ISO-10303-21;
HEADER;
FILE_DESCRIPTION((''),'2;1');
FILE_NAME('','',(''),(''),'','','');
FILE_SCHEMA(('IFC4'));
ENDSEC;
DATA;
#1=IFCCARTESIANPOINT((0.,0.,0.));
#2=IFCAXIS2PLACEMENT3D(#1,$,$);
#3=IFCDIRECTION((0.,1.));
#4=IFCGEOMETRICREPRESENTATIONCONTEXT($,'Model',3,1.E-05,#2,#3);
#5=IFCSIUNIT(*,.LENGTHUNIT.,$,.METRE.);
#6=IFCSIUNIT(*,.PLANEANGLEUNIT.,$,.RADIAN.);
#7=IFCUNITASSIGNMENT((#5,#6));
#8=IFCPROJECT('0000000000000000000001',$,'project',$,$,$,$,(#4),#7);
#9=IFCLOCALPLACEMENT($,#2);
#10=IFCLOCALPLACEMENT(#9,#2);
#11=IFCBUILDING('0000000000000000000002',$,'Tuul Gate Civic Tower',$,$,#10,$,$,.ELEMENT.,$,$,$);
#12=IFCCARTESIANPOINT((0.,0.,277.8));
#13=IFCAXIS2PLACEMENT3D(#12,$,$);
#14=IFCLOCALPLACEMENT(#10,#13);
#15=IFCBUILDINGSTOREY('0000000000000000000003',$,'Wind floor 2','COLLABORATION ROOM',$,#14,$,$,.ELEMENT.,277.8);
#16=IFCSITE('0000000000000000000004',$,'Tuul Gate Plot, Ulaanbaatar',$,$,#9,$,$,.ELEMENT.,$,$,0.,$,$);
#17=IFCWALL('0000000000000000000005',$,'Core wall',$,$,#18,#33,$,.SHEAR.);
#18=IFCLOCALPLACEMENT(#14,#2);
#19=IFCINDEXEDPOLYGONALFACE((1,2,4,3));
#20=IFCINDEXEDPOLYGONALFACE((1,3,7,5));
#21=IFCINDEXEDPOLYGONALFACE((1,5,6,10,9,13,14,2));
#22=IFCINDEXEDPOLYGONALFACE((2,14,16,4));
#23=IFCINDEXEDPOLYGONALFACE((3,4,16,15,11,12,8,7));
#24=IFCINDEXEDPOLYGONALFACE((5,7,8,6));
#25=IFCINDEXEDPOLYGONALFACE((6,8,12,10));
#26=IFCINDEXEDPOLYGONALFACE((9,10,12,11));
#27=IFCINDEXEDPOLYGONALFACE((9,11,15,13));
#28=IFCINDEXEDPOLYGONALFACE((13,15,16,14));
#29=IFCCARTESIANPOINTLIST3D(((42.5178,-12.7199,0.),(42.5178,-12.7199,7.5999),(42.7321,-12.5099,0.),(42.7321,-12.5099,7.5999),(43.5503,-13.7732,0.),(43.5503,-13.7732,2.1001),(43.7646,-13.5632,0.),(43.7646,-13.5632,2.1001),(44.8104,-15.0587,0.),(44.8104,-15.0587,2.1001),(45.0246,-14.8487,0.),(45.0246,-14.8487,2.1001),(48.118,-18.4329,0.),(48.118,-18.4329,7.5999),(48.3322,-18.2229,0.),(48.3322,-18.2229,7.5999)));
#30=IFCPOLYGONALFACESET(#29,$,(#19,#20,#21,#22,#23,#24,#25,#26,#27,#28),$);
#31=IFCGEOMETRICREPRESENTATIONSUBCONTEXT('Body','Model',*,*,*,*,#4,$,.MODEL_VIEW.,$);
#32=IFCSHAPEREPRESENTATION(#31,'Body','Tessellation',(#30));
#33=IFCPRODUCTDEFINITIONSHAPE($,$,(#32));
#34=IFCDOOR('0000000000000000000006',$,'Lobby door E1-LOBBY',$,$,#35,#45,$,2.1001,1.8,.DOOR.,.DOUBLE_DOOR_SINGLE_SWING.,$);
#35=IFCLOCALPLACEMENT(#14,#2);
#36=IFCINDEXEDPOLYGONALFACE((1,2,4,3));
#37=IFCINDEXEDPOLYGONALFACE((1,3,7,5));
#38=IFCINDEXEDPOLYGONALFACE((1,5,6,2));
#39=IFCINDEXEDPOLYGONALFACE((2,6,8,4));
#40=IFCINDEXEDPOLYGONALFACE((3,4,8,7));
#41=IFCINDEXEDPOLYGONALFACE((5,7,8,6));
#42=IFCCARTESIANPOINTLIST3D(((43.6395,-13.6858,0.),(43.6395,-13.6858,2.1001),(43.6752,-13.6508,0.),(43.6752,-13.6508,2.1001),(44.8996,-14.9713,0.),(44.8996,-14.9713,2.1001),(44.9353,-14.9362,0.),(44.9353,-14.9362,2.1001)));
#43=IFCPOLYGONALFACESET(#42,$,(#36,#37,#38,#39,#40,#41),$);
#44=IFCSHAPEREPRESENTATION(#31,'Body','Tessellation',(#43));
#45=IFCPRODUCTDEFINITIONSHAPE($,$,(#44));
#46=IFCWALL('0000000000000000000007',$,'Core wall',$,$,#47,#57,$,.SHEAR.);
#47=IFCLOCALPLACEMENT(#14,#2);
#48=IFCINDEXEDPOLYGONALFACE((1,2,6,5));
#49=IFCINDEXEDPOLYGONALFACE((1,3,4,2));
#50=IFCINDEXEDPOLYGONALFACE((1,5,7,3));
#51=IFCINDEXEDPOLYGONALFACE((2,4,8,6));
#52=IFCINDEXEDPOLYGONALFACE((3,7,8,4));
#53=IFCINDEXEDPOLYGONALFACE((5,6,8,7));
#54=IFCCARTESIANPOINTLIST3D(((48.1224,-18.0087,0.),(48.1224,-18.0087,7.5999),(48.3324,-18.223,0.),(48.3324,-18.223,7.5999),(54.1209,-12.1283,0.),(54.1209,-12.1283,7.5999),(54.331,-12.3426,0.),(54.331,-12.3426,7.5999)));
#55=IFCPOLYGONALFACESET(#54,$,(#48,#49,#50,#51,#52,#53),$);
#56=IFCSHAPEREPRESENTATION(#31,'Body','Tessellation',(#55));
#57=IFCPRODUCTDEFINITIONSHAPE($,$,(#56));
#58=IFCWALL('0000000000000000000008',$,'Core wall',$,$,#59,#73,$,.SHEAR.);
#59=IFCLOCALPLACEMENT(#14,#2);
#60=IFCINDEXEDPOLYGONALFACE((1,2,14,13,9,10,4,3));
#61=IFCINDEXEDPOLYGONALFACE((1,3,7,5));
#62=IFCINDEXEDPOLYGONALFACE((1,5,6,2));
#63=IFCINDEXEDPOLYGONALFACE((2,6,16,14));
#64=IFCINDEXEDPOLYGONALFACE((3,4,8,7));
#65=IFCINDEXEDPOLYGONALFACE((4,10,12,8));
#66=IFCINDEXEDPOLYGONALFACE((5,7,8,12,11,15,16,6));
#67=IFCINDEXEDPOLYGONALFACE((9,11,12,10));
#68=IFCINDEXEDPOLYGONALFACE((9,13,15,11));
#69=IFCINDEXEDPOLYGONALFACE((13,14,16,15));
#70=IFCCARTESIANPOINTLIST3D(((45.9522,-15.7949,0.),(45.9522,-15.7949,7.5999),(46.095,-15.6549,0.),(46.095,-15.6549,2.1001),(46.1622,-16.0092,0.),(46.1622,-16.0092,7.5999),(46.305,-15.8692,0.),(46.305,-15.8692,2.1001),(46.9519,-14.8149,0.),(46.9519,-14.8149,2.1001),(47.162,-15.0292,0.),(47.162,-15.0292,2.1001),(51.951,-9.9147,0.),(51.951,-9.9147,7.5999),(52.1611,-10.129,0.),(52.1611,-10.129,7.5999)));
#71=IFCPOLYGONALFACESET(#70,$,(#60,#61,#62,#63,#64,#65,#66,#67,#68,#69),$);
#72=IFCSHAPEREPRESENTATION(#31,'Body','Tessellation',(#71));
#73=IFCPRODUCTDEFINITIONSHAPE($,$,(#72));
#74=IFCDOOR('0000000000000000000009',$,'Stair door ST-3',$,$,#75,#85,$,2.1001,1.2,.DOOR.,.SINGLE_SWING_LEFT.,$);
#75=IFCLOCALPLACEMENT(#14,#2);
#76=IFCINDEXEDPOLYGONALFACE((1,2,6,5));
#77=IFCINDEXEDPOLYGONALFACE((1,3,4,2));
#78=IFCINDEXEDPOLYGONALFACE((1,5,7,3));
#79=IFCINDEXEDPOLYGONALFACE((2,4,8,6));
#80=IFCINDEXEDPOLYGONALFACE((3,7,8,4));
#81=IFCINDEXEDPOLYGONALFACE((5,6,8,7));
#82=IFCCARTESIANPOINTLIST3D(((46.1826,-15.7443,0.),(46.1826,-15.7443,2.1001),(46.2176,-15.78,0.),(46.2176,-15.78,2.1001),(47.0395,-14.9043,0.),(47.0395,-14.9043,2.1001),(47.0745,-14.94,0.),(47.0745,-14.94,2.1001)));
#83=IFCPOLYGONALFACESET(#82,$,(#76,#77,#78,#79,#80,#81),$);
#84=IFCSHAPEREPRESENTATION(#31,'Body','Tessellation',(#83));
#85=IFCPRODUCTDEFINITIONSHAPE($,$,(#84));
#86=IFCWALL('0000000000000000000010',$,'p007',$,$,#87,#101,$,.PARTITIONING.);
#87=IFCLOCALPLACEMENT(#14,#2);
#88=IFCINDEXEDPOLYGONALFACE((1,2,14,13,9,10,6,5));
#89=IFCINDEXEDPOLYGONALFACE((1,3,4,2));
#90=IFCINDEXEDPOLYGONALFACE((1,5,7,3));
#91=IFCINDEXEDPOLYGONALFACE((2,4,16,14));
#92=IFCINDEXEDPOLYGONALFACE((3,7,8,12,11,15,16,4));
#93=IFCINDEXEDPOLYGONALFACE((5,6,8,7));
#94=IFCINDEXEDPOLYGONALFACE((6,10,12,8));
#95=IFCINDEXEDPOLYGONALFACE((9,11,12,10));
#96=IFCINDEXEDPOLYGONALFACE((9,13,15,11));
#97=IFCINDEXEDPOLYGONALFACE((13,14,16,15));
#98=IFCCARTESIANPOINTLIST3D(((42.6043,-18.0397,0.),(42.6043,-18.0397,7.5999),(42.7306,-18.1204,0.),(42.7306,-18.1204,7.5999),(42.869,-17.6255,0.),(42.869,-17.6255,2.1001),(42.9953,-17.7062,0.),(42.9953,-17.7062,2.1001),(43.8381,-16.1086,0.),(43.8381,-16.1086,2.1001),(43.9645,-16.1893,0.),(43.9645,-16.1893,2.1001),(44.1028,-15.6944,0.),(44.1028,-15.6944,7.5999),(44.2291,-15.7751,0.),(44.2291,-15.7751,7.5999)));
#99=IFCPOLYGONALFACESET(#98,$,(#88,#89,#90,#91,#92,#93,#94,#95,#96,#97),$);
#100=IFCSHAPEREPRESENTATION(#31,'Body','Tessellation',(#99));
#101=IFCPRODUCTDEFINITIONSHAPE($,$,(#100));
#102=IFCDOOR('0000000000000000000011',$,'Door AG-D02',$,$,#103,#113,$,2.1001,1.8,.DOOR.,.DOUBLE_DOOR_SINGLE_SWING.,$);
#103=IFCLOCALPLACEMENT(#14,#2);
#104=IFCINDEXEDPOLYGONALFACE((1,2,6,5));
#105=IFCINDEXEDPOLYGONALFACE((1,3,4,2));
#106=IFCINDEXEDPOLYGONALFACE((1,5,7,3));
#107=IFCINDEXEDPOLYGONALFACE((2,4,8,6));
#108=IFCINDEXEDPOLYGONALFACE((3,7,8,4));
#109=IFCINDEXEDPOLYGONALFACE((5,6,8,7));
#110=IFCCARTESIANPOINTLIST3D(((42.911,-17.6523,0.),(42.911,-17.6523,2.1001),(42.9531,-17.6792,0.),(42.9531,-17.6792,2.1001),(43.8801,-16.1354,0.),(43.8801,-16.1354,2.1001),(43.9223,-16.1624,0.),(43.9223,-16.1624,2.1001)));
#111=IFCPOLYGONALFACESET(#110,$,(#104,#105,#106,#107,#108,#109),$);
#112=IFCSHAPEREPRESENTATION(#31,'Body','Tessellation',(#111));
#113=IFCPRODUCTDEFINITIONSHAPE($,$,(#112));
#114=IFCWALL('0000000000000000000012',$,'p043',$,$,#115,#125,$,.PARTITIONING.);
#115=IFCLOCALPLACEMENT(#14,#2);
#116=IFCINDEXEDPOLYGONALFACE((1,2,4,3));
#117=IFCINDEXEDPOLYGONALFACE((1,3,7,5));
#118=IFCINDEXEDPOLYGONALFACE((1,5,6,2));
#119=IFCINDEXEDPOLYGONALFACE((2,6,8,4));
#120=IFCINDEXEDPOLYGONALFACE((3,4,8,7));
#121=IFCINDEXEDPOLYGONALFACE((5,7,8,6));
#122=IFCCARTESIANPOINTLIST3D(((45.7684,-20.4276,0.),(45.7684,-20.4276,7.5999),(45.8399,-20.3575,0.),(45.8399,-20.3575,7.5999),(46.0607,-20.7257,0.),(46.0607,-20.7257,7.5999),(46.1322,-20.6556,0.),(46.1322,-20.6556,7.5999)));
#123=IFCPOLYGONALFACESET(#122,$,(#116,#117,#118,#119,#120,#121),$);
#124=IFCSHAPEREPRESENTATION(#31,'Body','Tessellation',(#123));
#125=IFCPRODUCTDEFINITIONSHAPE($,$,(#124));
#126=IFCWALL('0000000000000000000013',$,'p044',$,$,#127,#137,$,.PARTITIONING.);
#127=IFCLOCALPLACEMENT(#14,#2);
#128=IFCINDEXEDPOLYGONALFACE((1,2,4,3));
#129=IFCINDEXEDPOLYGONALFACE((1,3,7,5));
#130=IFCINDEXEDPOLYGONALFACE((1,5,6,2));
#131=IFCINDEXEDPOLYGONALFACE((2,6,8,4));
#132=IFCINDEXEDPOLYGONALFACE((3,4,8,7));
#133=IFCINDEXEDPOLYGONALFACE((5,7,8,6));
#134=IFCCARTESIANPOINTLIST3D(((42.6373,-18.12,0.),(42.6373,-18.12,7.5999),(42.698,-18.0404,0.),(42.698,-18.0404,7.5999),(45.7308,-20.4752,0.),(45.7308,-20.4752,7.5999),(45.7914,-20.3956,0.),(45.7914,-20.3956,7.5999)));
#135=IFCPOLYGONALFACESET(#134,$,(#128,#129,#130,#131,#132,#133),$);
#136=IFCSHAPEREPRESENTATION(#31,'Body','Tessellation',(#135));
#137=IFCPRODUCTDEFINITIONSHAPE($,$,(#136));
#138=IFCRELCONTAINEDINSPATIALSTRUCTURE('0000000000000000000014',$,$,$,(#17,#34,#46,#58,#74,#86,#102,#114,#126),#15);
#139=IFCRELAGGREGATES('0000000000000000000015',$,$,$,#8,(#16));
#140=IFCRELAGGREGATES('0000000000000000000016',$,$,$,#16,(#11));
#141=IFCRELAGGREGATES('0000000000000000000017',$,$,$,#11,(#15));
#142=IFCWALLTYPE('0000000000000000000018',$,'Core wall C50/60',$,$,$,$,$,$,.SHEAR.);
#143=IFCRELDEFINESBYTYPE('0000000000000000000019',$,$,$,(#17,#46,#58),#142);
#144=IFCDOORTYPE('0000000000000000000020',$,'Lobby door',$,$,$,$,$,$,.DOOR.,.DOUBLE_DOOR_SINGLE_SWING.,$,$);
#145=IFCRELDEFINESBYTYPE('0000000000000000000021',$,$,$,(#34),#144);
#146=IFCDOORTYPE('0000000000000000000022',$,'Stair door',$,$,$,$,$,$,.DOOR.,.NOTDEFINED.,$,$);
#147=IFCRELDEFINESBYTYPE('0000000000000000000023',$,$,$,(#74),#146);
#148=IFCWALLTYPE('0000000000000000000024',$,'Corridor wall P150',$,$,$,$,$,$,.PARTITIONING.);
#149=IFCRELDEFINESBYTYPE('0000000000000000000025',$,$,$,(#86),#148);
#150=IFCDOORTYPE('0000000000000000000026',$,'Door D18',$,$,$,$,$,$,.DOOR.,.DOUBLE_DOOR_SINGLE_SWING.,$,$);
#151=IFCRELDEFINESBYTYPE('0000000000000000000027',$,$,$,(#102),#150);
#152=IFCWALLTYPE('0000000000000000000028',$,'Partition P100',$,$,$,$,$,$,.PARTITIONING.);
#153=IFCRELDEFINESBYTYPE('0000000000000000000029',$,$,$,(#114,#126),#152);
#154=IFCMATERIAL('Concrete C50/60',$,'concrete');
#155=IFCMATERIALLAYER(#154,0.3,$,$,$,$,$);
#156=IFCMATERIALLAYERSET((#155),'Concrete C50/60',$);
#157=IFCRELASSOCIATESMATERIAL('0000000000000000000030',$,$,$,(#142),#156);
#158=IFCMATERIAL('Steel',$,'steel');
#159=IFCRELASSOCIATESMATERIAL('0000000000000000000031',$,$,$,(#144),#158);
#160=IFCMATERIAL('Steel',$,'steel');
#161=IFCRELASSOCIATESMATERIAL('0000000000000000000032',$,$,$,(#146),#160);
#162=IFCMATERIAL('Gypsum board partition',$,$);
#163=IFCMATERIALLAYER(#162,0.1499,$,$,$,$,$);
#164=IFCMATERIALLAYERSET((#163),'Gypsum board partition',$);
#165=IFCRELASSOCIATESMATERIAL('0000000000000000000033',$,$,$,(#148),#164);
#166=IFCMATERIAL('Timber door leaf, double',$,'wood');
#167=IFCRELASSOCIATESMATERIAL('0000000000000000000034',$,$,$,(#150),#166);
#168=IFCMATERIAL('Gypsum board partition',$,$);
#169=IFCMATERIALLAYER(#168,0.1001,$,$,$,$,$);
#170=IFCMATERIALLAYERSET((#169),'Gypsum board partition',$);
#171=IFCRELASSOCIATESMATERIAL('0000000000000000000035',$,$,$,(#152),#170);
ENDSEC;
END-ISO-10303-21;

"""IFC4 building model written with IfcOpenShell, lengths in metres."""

from ifc_helpers import new_model, si_unit, direction, frame, frame_2d, origin, place, context, subcontext, project, spatial, rectangle, extrude, material, layer, layer_set, type_object, element, fill, save


model = new_model("IFC4")

# Units and contexts
model_context = context("Model", 3, precision=1e-05, world=origin(), true_north=direction((0.0, 1.0)))
body_context = subcontext(model_context, "Body", "Model", "MODEL_VIEW")
ifc_project = project(units=[si_unit("LENGTHUNIT", "METRE"), si_unit("PLANEANGLEUNIT", "RADIAN")], contexts=[model_context])

# Site, building, storey
site_placement = place(None, origin())
site = spatial("IfcSite", under=ifc_project, at=site_placement, Name="Tuul Gate Plot, Ulaanbaatar", CompositionType="ELEMENT", RefElevation=0.0)
building_placement = place(site_placement, origin())
building = spatial("IfcBuilding", under=site, at=building_placement, Name="Tuul Gate Civic Tower", CompositionType="ELEMENT")
storey_placement = place(building_placement, frame((0.0, 0.0, 277.8)))
storey = spatial("IfcBuildingStorey", under=building, at=storey_placement, Name="Wind floor 2", Description="COLLABORATION ROOM", CompositionType="ELEMENT", Elevation=277.8)

# Wall, opening, door
ifc_material_1 = material(Name="Concrete C50/60", Category="concrete")
ifc_layer_1 = layer(ifc_material_1, 0.3)
ifc_layer_set_1 = layer_set([ifc_layer_1], Name="Concrete C50/60")
wall_type_1 = type_object("IfcWallType", Name="Core wall C50/60", PredefinedType="SHEAR", material=ifc_layer_set_1)
wall_1_placement = place(storey_placement, frame((48.2251, -18.3279, 0.0), z_axis=(0.0, 0.0, 1.0), x_axis=(-0.700022, 0.714121, 0.0)))
wall_1 = element("IfcWall", 1, at=wall_1_placement, inside=storey, type_object=wall_type_1, Name="Core wall", PredefinedType="SHEAR", context=body_context, shape_type="SweptSolid", body=[
    extrude(rectangle(XDim=8.0, YDim=0.3, at=frame_2d((4.0, 0.0))), origin(), (0.0, 0.0, 1.0), 7.5999),
])
opening_1_placement = place(wall_1_placement, frame((4.7251, 0.0, 0.0)))
opening_1 = element("IfcOpeningElement", 2, at=opening_1_placement, cuts=wall_1, PredefinedType="OPENING", context=body_context, shape_type="SweptSolid", body=[
    extrude(rectangle(XDim=1.8, YDim=2.1001, at=frame_2d((0.8999, 1.05))), frame((0.0, 0.1602, 0.0), z_axis=(0.0, -1.0, 0.0), x_axis=(1.0, 0.0, 0.0)), (0.0, 0.0, 1.0), 0.3201),
])
ifc_material_2 = material(Name="Steel", Category="steel")
door_type_1 = type_object("IfcDoorType", Name="Lobby door", OperationType="DOUBLE_DOOR_SINGLE_SWING", PredefinedType="DOOR", material=ifc_material_2)
door_1_placement = place(opening_1_placement, frame((1.8, 0.0, 0.0), z_axis=(0.0, 0.0, 1.0), x_axis=(-1.0, 0.0, 0.0)))
door_1 = element("IfcDoor", 3, at=door_1_placement, inside=storey, type_object=door_type_1, Name="Lobby door E1-LOBBY", OperationType="DOUBLE_DOOR_SINGLE_SWING", OverallHeight=2.1001, OverallWidth=1.8, PredefinedType="DOOR", context=body_context, shape_type="SweptSolid", body=[
    extrude(rectangle(XDim=1.8, YDim=2.1001, at=frame_2d((0.9001, 1.05))), frame((0.0, 0.0249, 0.0), z_axis=(0.0, -1.0, 0.0), x_axis=(1.0, 0.0, 0.0)), (0.0, 0.0, 1.0), 0.05),
])
fill(opening_1, door_1)

# Wall
wall_2_placement = place(storey_placement, frame((48.2273, -18.116, 0.0), z_axis=(0.0, 0.0, 1.0), x_axis=(0.714105, 0.700038, 0.0)))
element("IfcWall", 4, at=wall_2_placement, inside=storey, type_object=wall_type_1, Name="Core wall", PredefinedType="SHEAR", context=body_context, shape_type="SweptSolid", body=[
    extrude(rectangle(XDim=8.4001, YDim=0.3, at=frame_2d((4.2002, 0.0))), origin(), (0.0, 0.0, 1.0), 7.5999),
])

# Walls, openings, doors
wall_3_placement = place(storey_placement, frame((46.0571, -15.9021, 0.0), z_axis=(0.0, 0.0, 1.0), x_axis=(0.714134, 0.700009, 0.0)))
wall_3 = element("IfcWall", 5, at=wall_3_placement, inside=storey, type_object=wall_type_1, Name="Core wall", PredefinedType="SHEAR", context=body_context, shape_type="SweptSolid", body=[
    extrude(rectangle(XDim=8.4001, YDim=0.3, at=frame_2d((4.2002, 0.0))), origin(), (0.0, 0.0, 1.0), 7.5999),
])
opening_2_placement = place(wall_3_placement, frame((0.2, 0.0, 0.0)))
opening_2 = element("IfcOpeningElement", 6, at=opening_2_placement, cuts=wall_3, PredefinedType="OPENING", context=body_context, shape_type="SweptSolid", body=[
    extrude(rectangle(XDim=1.2, YDim=2.1001, at=frame_2d((0.6001, 1.05))), frame((0.0, 0.1602, 0.0), z_axis=(0.0, -1.0, 0.0), x_axis=(1.0, 0.0, 0.0)), (0.0, 0.0, 1.0), 0.3201),
])
ifc_material_3 = material(Name="Steel", Category="steel")
door_type_2 = type_object("IfcDoorType", Name="Stair door", OperationType="NOTDEFINED", PredefinedType="DOOR", material=ifc_material_3)
door_2_placement = place(opening_2_placement, origin())
door_2 = element("IfcDoor", 7, at=door_2_placement, inside=storey, type_object=door_type_2, Name="Stair door ST-3", OperationType="SINGLE_SWING_LEFT", OverallHeight=2.1001, OverallWidth=1.2, PredefinedType="DOOR", context=body_context, shape_type="SweptSolid", body=[
    extrude(rectangle(XDim=1.2, YDim=2.1001, at=frame_2d((0.6001, 1.05))), frame((0.0, 0.0249, 0.0), z_axis=(0.0, -1.0, 0.0), x_axis=(1.0, 0.0, 0.0)), (0.0, 0.0, 1.0), 0.05),
])
fill(opening_2, door_2)
ifc_material_4 = material(Name="Gypsum board partition")
ifc_layer_2 = layer(ifc_material_4, 0.1499)
ifc_layer_set_2 = layer_set([ifc_layer_2], Name="Gypsum board partition")
wall_type_2 = type_object("IfcWallType", Name="Corridor wall P150", PredefinedType="PARTITIONING", material=ifc_layer_set_2)
wall_4_placement = place(storey_placement, frame((42.6675, -18.0801, 0.0), z_axis=(0.0, 0.0, 1.0), x_axis=(0.538401, 0.842689, 0.0)))
wall_4 = element("IfcWall", 8, at=wall_4_placement, inside=storey, type_object=wall_type_2, Name="p007", PredefinedType="PARTITIONING", context=body_context, shape_type="SweptSolid", body=[
    extrude(rectangle(XDim=2.7832, YDim=0.1499, at=frame_2d((1.3916, 0.0))), origin(), (0.0, 0.0, 1.0), 7.5999),
])
opening_3_placement = place(wall_4_placement, frame((0.4917, 0.0, 0.0)))
opening_3 = element("IfcOpeningElement", 9, at=opening_3_placement, cuts=wall_4, PredefinedType="OPENING", context=body_context, shape_type="SweptSolid", body=[
    extrude(rectangle(XDim=1.8, YDim=2.1001, at=frame_2d((0.8999, 1.05))), frame((0.0, 0.085, 0.0), z_axis=(0.0, -1.0, 0.0), x_axis=(1.0, 0.0, 0.0)), (0.0, 0.0, 1.0), 0.1699),
])
ifc_material_5 = material(Name="Timber door leaf, double", Category="wood")
door_type_3 = type_object("IfcDoorType", Name="Door D18", OperationType="DOUBLE_DOOR_SINGLE_SWING", PredefinedType="DOOR", material=ifc_material_5)
door_3_placement = place(opening_3_placement, frame((1.8, 0.0, 0.0), z_axis=(0.0, 0.0, 1.0), x_axis=(-1.0, 0.0, 0.0)))
door_3 = element("IfcDoor", 10, at=door_3_placement, inside=storey, type_object=door_type_3, Name="Door AG-D02", OperationType="DOUBLE_DOOR_SINGLE_SWING", OverallHeight=2.1001, OverallWidth=1.8, PredefinedType="DOOR", context=body_context, shape_type="SweptSolid", body=[
    extrude(rectangle(XDim=1.8, YDim=2.1001, at=frame_2d((0.9001, 1.05))), frame((0.0, 0.0249, 0.0), z_axis=(0.0, -1.0, 0.0), x_axis=(1.0, 0.0, 0.0)), (0.0, 0.0, 1.0), 0.05),
])
fill(opening_3, door_3)

# Walls
ifc_material_6 = material(Name="Gypsum board partition")
ifc_layer_3 = layer(ifc_material_6, 0.1001)
ifc_layer_set_3 = layer_set([ifc_layer_3], Name="Gypsum board partition")
wall_type_3 = type_object("IfcWallType", Name="Partition P100", PredefinedType="PARTITIONING", material=ifc_layer_set_3)
wall_5_placement = place(storey_placement, frame((46.0964, -20.6907, 0.0), z_axis=(0.0, 0.0, 1.0), x_axis=(-0.700054, 0.71409, 0.0)))
element("IfcWall", 11, at=wall_5_placement, inside=storey, type_object=wall_type_3, Name="p043", PredefinedType="PARTITIONING", context=body_context, shape_type="SweptSolid", body=[
    extrude(rectangle(XDim=0.4175, YDim=0.1001, at=frame_2d((0.2087, 0.0))), origin(), (0.0, 0.0, 1.0), 7.5999),
])
wall_6_placement = place(storey_placement, frame((45.761, -20.4353, 0.0), z_axis=(0.0, 0.0, 1.0), x_axis=(-0.795646, 0.605761, 0.0)))
element("IfcWall", 12, at=wall_6_placement, inside=storey, type_object=wall_type_3, Name="p044", PredefinedType="PARTITIONING", context=body_context, shape_type="SweptSolid", body=[
    extrude(rectangle(XDim=3.8879, YDim=0.1001, at=frame_2d((1.9438, 0.0))), origin(), (0.0, 0.0, 1.0), 7.5999),
])

save(model, "model.ifc")
